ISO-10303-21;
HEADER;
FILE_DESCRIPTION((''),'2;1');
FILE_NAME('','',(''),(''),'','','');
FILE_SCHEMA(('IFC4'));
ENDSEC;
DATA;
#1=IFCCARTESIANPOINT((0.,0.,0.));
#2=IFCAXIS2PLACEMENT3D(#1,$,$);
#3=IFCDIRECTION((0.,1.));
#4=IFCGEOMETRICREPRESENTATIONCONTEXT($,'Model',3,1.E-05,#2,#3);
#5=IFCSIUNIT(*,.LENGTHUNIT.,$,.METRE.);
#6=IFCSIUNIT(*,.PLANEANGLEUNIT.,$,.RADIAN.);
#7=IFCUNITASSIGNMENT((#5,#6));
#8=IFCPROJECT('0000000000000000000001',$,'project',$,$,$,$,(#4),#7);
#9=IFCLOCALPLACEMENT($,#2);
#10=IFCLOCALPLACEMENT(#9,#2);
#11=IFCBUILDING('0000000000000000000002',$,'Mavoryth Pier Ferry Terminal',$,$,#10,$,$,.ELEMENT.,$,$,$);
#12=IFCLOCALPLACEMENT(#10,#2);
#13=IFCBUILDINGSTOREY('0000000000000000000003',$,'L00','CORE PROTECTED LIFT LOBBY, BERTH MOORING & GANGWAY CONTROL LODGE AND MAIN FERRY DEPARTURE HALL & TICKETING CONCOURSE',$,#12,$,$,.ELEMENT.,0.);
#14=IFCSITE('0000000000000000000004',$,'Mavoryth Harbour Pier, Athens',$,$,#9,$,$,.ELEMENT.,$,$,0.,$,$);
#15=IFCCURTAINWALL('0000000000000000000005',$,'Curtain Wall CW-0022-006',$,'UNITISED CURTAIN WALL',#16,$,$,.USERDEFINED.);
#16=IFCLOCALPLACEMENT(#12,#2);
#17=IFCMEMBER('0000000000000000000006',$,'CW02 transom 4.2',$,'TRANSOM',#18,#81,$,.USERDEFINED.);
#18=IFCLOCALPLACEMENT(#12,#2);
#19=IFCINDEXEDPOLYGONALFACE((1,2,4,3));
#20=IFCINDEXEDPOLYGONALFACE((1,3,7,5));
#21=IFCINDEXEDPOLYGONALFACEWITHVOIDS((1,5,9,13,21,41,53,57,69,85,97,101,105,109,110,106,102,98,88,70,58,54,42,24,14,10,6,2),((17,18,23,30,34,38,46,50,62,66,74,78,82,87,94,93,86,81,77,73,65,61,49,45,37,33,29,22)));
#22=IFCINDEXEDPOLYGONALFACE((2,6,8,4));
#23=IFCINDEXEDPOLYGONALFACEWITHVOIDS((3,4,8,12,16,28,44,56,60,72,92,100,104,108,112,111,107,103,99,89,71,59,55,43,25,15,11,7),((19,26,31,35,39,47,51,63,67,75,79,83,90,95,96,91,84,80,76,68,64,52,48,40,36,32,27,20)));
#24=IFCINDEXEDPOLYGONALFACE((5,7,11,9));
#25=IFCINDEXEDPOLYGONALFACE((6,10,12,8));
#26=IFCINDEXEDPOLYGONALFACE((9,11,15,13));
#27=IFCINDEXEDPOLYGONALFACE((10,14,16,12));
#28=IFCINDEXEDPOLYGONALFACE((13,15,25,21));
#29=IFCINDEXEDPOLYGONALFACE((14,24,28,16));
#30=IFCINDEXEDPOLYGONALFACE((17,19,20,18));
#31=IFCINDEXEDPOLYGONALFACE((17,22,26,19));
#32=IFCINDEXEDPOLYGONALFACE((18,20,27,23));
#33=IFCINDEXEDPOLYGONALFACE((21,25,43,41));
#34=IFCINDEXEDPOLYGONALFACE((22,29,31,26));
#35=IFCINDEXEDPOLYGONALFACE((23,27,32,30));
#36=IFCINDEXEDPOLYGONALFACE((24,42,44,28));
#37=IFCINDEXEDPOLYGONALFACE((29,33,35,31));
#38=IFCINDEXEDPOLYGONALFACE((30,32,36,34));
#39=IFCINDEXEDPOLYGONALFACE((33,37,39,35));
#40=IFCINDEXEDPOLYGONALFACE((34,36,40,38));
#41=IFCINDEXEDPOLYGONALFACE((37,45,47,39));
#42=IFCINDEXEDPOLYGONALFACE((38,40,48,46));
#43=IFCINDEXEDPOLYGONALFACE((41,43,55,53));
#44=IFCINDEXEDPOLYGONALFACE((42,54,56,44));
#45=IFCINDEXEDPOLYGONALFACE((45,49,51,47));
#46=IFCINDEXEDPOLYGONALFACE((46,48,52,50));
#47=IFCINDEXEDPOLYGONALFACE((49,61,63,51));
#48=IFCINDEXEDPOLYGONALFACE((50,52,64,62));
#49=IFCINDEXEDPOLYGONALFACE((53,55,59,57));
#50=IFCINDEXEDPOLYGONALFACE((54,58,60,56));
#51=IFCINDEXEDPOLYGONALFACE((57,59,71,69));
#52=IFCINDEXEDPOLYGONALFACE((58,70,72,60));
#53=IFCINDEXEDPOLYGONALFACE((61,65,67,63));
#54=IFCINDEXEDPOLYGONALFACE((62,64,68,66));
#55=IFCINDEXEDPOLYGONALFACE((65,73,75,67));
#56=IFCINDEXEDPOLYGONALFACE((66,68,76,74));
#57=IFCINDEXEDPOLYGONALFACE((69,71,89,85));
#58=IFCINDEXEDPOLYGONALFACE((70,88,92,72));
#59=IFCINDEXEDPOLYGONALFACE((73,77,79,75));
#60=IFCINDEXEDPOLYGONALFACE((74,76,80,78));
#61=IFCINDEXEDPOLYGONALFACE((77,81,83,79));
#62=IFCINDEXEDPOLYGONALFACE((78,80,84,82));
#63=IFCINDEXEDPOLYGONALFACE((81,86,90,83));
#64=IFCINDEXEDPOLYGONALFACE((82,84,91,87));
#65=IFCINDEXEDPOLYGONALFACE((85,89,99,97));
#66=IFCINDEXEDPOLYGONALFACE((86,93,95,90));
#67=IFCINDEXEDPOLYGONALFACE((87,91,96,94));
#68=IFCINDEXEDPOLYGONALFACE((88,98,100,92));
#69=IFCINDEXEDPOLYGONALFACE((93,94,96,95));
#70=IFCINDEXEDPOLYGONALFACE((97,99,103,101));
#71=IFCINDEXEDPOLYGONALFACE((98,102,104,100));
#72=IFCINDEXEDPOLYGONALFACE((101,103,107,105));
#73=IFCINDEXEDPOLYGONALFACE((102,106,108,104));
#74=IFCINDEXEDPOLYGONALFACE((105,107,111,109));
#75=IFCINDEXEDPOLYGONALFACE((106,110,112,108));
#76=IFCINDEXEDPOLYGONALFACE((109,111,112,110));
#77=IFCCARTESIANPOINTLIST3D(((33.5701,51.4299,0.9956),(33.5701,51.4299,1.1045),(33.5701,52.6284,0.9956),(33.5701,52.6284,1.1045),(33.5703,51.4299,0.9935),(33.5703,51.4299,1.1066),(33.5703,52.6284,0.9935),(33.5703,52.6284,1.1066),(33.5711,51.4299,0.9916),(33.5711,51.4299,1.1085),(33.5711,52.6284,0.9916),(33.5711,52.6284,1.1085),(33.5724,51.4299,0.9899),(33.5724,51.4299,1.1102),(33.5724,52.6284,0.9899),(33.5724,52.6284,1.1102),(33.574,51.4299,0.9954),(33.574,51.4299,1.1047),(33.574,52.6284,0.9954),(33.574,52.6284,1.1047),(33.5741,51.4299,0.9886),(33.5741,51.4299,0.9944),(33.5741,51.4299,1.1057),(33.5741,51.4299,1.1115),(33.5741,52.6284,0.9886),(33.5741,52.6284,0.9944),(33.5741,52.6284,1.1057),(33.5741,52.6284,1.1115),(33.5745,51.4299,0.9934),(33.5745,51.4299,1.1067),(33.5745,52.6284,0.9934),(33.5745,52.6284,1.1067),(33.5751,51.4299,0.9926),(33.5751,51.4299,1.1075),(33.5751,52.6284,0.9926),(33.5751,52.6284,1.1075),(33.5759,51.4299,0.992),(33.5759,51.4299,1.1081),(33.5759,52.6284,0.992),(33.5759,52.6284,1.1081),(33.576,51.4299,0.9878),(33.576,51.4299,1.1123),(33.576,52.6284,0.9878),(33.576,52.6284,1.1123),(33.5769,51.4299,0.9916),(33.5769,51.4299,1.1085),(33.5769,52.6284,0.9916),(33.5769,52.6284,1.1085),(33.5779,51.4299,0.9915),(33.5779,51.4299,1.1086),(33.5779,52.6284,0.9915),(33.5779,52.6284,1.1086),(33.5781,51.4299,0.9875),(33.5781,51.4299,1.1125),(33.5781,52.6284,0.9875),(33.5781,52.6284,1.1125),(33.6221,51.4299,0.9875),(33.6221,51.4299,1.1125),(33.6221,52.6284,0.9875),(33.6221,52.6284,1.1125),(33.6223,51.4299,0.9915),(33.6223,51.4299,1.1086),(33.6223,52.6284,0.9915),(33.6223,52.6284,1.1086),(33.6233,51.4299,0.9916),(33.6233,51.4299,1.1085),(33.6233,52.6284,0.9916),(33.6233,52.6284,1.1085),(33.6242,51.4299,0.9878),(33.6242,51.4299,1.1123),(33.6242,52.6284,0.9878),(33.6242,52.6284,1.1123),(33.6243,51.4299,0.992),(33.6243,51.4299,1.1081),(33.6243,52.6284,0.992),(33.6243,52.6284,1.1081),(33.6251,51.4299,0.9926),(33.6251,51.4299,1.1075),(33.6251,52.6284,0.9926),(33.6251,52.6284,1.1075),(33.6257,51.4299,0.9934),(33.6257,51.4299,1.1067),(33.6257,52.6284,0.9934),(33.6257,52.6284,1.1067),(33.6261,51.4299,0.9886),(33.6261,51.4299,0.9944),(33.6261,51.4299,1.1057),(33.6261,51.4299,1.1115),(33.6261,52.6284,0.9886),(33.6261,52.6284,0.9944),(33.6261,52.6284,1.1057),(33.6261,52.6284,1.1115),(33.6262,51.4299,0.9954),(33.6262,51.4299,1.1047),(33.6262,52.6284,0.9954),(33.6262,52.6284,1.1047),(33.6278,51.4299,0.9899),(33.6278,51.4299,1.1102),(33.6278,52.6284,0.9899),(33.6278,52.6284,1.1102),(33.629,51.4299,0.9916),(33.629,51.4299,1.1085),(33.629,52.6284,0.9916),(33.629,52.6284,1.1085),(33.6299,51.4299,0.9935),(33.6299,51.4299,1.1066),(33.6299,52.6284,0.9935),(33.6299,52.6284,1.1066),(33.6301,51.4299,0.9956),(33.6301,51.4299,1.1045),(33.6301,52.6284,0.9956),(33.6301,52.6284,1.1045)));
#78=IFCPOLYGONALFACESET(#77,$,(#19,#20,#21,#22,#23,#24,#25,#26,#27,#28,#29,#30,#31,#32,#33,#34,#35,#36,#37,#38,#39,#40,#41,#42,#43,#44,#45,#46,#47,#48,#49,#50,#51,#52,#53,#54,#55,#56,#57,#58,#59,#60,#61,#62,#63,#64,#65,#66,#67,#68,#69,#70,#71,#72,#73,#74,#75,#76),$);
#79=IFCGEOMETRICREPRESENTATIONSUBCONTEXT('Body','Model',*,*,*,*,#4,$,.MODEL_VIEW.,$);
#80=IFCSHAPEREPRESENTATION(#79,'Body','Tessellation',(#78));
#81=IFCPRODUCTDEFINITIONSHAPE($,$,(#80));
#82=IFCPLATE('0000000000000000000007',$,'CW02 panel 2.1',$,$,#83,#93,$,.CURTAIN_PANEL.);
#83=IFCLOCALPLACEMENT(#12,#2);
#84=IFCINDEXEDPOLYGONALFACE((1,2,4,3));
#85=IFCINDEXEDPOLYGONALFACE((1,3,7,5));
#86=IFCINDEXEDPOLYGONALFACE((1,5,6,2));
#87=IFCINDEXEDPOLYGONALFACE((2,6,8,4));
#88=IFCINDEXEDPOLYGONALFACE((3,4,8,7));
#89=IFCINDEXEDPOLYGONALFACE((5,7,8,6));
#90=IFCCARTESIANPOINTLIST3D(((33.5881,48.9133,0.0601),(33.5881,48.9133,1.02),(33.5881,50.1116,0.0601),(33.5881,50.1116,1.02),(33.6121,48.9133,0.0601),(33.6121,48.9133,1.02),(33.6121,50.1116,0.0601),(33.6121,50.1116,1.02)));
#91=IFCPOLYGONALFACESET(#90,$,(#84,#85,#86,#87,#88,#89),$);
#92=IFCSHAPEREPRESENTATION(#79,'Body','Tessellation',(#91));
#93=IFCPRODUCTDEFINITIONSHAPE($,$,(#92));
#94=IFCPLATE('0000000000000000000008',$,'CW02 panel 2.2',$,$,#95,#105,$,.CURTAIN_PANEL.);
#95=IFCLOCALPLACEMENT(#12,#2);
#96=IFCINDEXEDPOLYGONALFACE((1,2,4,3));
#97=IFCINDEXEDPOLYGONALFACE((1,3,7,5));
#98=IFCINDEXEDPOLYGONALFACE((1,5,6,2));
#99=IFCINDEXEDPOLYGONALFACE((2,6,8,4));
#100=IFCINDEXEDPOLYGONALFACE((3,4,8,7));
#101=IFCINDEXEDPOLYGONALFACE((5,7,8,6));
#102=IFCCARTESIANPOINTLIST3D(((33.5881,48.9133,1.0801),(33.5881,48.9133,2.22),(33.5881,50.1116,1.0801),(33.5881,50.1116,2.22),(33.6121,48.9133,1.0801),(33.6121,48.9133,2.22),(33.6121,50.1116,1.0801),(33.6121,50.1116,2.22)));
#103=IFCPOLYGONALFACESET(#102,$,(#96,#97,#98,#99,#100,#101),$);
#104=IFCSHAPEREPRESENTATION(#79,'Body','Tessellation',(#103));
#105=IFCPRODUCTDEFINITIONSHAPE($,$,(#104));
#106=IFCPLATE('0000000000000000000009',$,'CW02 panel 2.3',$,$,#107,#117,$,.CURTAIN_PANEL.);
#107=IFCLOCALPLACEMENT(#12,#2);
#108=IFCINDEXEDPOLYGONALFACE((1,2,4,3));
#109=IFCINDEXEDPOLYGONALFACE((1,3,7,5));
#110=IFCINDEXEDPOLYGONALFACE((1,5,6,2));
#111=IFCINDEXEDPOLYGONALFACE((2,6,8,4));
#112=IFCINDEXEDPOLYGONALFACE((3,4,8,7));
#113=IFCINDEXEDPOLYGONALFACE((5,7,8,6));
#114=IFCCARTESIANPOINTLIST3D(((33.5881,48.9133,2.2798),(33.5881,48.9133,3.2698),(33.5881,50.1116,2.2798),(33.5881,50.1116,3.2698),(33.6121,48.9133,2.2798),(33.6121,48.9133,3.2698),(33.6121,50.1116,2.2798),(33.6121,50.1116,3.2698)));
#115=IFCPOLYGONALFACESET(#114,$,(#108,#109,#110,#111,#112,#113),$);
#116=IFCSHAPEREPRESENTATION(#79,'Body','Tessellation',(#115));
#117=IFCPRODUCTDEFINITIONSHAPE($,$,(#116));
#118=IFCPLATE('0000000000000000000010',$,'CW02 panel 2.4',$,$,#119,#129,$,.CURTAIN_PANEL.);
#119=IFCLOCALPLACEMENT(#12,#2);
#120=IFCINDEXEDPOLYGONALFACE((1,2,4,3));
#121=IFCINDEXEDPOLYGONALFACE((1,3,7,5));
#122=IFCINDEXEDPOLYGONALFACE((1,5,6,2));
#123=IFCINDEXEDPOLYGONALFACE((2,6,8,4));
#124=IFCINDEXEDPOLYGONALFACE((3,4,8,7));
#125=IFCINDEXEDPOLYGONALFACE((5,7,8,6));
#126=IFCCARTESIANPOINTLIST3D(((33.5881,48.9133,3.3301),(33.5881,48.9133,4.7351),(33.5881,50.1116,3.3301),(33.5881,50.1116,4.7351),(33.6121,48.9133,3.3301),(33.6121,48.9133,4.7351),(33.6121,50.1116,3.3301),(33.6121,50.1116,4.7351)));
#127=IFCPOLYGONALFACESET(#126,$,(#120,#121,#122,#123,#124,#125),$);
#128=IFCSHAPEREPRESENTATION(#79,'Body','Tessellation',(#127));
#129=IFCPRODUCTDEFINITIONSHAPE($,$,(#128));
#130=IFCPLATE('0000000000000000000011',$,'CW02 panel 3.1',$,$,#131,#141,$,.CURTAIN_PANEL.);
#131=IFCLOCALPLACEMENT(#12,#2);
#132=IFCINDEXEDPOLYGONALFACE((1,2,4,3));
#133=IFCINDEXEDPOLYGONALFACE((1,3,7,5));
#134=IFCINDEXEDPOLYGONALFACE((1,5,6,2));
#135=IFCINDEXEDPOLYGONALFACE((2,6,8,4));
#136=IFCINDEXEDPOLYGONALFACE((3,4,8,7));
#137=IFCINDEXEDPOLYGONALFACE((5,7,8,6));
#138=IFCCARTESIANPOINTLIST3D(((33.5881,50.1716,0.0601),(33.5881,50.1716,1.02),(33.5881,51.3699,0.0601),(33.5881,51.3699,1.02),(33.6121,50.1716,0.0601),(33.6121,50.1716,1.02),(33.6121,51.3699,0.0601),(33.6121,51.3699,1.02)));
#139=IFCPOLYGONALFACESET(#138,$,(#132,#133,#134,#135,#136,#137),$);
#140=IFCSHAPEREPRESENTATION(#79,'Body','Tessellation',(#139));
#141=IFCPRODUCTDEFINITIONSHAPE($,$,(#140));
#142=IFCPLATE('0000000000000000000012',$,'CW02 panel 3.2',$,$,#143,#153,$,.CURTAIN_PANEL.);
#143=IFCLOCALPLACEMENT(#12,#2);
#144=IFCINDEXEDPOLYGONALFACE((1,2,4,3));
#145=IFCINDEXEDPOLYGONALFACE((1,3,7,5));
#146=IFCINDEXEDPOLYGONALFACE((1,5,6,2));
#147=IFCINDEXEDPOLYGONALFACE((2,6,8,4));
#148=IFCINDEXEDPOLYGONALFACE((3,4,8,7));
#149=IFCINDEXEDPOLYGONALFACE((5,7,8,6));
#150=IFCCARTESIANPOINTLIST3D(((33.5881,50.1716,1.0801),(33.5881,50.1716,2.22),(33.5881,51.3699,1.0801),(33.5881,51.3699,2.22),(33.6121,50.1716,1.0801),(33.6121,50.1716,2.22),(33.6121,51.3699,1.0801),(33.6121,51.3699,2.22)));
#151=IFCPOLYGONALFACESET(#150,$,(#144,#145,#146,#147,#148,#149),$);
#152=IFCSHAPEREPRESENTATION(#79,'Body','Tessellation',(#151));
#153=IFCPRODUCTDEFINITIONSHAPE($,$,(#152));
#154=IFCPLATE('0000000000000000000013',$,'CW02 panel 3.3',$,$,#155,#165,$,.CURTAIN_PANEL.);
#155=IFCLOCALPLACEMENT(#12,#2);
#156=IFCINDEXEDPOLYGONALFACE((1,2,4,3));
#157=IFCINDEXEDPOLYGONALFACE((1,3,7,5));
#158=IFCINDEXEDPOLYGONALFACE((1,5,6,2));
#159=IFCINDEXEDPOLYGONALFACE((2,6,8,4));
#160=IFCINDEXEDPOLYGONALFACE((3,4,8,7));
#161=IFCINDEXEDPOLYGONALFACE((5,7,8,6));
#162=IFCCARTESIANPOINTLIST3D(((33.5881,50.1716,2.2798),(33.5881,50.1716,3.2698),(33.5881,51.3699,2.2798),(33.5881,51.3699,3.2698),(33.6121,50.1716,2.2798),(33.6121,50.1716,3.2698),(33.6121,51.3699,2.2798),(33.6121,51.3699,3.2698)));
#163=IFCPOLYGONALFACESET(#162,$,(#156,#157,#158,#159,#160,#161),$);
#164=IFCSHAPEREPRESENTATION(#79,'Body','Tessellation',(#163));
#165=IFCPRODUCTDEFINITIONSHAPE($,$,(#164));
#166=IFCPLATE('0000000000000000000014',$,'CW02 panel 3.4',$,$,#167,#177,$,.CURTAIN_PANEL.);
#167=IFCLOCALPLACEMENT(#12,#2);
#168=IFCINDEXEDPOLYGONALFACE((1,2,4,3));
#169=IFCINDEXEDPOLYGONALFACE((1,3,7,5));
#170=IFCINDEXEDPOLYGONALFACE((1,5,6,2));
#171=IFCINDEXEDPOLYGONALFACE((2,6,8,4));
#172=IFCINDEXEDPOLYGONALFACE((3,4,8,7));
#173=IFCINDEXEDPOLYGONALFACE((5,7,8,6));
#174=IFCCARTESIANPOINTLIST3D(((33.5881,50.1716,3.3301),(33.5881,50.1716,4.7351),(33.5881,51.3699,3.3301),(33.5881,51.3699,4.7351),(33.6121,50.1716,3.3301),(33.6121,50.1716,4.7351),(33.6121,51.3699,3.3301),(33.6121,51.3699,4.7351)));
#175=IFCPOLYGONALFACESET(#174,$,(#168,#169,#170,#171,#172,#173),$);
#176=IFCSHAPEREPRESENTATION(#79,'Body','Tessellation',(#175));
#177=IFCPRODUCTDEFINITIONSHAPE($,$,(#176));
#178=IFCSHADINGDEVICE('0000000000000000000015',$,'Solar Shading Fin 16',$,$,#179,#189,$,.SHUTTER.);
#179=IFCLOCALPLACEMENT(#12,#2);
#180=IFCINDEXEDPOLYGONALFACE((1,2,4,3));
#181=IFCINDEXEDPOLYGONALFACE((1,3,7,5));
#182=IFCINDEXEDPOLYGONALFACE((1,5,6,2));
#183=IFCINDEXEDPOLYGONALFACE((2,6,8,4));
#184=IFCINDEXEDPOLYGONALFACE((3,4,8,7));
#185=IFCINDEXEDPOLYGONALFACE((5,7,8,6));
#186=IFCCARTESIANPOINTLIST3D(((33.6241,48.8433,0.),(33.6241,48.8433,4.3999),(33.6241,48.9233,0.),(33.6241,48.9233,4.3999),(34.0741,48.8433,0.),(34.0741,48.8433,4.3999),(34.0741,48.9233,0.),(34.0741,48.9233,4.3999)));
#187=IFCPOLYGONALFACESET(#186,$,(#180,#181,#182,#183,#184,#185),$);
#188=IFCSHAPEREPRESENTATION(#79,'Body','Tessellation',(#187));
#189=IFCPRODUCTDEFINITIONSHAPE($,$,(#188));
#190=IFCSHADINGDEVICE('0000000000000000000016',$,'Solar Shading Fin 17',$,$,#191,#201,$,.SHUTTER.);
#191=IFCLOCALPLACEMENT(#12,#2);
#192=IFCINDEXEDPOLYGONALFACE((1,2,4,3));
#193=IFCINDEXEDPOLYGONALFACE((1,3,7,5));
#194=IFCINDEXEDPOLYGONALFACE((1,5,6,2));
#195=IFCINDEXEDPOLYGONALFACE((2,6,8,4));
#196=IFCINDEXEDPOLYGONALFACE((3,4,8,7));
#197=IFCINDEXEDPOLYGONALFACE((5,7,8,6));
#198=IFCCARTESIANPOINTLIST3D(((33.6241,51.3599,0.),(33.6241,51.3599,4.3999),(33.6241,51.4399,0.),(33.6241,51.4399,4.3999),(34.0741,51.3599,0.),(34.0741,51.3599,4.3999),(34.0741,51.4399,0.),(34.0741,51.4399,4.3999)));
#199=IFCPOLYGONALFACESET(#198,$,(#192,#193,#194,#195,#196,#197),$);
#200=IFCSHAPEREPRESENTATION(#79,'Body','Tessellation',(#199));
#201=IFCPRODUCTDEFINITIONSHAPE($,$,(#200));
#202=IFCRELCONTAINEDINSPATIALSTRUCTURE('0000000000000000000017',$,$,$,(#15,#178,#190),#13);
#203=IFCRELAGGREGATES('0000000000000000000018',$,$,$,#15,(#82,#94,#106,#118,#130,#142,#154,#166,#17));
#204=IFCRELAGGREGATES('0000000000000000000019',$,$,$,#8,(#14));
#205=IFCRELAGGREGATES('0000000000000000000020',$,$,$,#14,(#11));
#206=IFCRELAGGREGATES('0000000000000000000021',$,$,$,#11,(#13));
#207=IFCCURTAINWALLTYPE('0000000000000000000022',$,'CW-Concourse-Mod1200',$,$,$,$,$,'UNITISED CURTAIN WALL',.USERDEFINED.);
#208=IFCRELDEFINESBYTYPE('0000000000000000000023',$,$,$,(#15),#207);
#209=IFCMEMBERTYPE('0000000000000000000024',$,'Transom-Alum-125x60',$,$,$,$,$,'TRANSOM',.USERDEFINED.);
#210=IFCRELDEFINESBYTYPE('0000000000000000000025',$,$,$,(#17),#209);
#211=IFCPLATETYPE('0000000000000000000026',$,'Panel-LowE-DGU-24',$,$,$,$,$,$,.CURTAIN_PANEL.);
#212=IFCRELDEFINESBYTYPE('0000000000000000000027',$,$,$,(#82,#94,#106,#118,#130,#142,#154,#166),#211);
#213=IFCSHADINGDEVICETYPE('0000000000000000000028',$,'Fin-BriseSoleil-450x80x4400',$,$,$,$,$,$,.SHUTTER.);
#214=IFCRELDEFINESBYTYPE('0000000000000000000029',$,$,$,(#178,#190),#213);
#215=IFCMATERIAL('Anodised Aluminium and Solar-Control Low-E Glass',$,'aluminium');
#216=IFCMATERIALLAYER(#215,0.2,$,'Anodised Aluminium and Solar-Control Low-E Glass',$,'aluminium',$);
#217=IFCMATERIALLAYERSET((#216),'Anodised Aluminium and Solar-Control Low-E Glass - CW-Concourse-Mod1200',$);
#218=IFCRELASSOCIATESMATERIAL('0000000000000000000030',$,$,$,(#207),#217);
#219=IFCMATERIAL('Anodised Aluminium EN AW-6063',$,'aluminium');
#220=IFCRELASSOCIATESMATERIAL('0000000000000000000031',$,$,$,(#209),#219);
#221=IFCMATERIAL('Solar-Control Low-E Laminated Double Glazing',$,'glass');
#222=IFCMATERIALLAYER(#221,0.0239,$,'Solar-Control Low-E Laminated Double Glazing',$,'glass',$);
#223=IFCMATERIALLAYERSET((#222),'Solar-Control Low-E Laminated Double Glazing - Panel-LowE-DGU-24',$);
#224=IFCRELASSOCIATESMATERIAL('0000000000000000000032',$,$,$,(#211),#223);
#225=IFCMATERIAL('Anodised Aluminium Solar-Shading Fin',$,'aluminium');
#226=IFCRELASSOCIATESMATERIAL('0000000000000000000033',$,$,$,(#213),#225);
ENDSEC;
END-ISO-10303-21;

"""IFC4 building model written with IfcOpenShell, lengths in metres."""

from ifc_helpers import new_model, si_unit, direction, frame, origin, origin_2d, place, context, subcontext, project, spatial, rectangle, hollow_rectangle, extrude, material, layer, layer_set, material_profile, profile_set, type_object, element, aggregate, save


model = new_model("IFC4")

# Units and contexts
model_context = context("Model", 3, precision=1e-05, world=origin(), true_north=direction((0.0, 1.0)))
body_context = subcontext(model_context, "Body", "Model", "MODEL_VIEW")
ifc_project = project(units=[si_unit("LENGTHUNIT", "METRE"), si_unit("PLANEANGLEUNIT", "RADIAN")], contexts=[model_context])

# Site, building, storey
site_placement = place(None, origin())
site = spatial("IfcSite", under=ifc_project, at=site_placement, Name="Mavoryth Harbour Pier, Athens", CompositionType="ELEMENT", RefElevation=0.0)
building_placement = place(site_placement, origin())
building = spatial("IfcBuilding", under=site, at=building_placement, Name="Mavoryth Pier Ferry Terminal", CompositionType="ELEMENT")
storey_placement = place(building_placement, origin())
storey = spatial("IfcBuildingStorey", under=building, at=storey_placement, Name="L00", Description="CORE PROTECTED LIFT LOBBY, BERTH MOORING & GANGWAY CONTROL LODGE AND MAIN FERRY DEPARTURE HALL & TICKETING CONCOURSE", CompositionType="ELEMENT", Elevation=0.0)

# Curtain wall, member, plates
ifc_material_1 = material(Name="Anodised Aluminium and Solar-Control Low-E Glass", Category="aluminium")
ifc_layer_1 = layer(ifc_material_1, 0.2, Name="Anodised Aluminium and Solar-Control Low-E Glass", Category="aluminium")
ifc_layer_set_1 = layer_set([ifc_layer_1], Name="Anodised Aluminium and Solar-Control Low-E Glass - CW-Concourse-Mod1200")
curtain_wall_type = type_object("IfcCurtainWallType", Name="CW-Concourse-Mod1200", ElementType="UNITISED CURTAIN WALL", PredefinedType="USERDEFINED", material=ifc_layer_set_1)
curtain_wall_placement = place(storey_placement, origin())
curtain_wall = element("IfcCurtainWall", 1, at=curtain_wall_placement, inside=storey, type_object=curtain_wall_type, Name="Curtain Wall CW-0022-006", ObjectType="UNITISED CURTAIN WALL", PredefinedType="USERDEFINED")
ifc_material_2 = material(Name="Anodised Aluminium EN AW-6063", Category="aluminium")
ifc_material_profile_1 = material_profile(ifc_material_2, hollow_rectangle(XDim=0.0601, YDim=0.125, WallThickness=0.0039, InnerFilletRadius=0.0039, OuterFilletRadius=0.0081, at=origin_2d()), Name="AL-TRAN 125x60x4", Category="aluminium")
ifc_profile_set_1 = profile_set([ifc_material_profile_1], Name="Anodised Aluminium EN AW-6063 - AL-TRAN 125x60x4")
member_type_1 = type_object("IfcMemberType", Name="Transom-Alum-125x60", ElementType="TRANSOM", PredefinedType="USERDEFINED", material=ifc_profile_set_1)
member_1_placement = place(storey_placement, frame((33.6001, 51.4299, 1.05), z_axis=(0.0, 1.0, 0.0), x_axis=(-1.0, 0.0, 0.0)))
member_1 = element("IfcMember", 2, at=member_1_placement, type_object=member_type_1, Name="CW02 transom 4.2", ObjectType="TRANSOM", PredefinedType="USERDEFINED", context=body_context, shape_type="SweptSolid", body=[
    extrude(hollow_rectangle(XDim=0.0601, YDim=0.125, WallThickness=0.0039, InnerFilletRadius=0.0039, OuterFilletRadius=0.0081, at=origin_2d()), origin(), (0.0, 0.0, 1.0), 1.1985),
])
ifc_material_3 = material(Name="Solar-Control Low-E Laminated Double Glazing", Category="glass")
ifc_layer_2 = layer(ifc_material_3, 0.0239, Name="Solar-Control Low-E Laminated Double Glazing", Category="glass")
ifc_layer_set_2 = layer_set([ifc_layer_2], Name="Solar-Control Low-E Laminated Double Glazing - Panel-LowE-DGU-24")
plate_type = type_object("IfcPlateType", Name="Panel-LowE-DGU-24", PredefinedType="CURTAIN_PANEL", material=ifc_layer_set_2)
plate_1_placement = place(storey_placement, frame((33.6001, 49.5125, 0.0601), z_axis=(0.0, 0.0, 1.0), x_axis=(0.0, 1.0, 0.0)))
plate_1 = element("IfcPlate", 3, at=plate_1_placement, type_object=plate_type, Name="CW02 panel 2.1", PredefinedType="CURTAIN_PANEL", context=body_context, shape_type="SweptSolid", body=[
    extrude(rectangle(XDim=1.1982, YDim=0.0239, at=origin_2d()), origin(), (0.0, 0.0, 1.0), 0.96),
])
plate_2_placement = place(storey_placement, frame((33.6001, 49.5125, 1.0801), z_axis=(0.0, 0.0, 1.0), x_axis=(0.0, 1.0, 0.0)))
plate_2 = element("IfcPlate", 4, at=plate_2_placement, type_object=plate_type, Name="CW02 panel 2.2", PredefinedType="CURTAIN_PANEL", context=body_context, shape_type="SweptSolid", body=[
    extrude(rectangle(XDim=1.1982, YDim=0.0239, at=origin_2d()), origin(), (0.0, 0.0, 1.0), 1.1399),
])
plate_3_placement = place(storey_placement, frame((33.6001, 49.5125, 2.2798), z_axis=(0.0, 0.0, 1.0), x_axis=(0.0, 1.0, 0.0)))
plate_3 = element("IfcPlate", 5, at=plate_3_placement, type_object=plate_type, Name="CW02 panel 2.3", PredefinedType="CURTAIN_PANEL", context=body_context, shape_type="SweptSolid", body=[
    extrude(rectangle(XDim=1.1982, YDim=0.0239, at=origin_2d()), origin(), (0.0, 0.0, 1.0), 0.99),
])
plate_4_placement = place(storey_placement, frame((33.6001, 49.5125, 3.3301), z_axis=(0.0, 0.0, 1.0), x_axis=(0.0, 1.0, 0.0)))
plate_4 = element("IfcPlate", 6, at=plate_4_placement, type_object=plate_type, Name="CW02 panel 2.4", PredefinedType="CURTAIN_PANEL", context=body_context, shape_type="SweptSolid", body=[
    extrude(rectangle(XDim=1.1982, YDim=0.0239, at=origin_2d()), origin(), (0.0, 0.0, 1.0), 1.405),
])
plate_5_placement = place(storey_placement, frame((33.6001, 50.7708, 0.0601), z_axis=(0.0, 0.0, 1.0), x_axis=(0.0, 1.0, 0.0)))
plate_5 = element("IfcPlate", 7, at=plate_5_placement, type_object=plate_type, Name="CW02 panel 3.1", PredefinedType="CURTAIN_PANEL", context=body_context, shape_type="SweptSolid", body=[
    extrude(rectangle(XDim=1.1982, YDim=0.0239, at=origin_2d()), origin(), (0.0, 0.0, 1.0), 0.96),
])
plate_6_placement = place(storey_placement, frame((33.6001, 50.7708, 1.0801), z_axis=(0.0, 0.0, 1.0), x_axis=(0.0, 1.0, 0.0)))
plate_6 = element("IfcPlate", 8, at=plate_6_placement, type_object=plate_type, Name="CW02 panel 3.2", PredefinedType="CURTAIN_PANEL", context=body_context, shape_type="SweptSolid", body=[
    extrude(rectangle(XDim=1.1982, YDim=0.0239, at=origin_2d()), origin(), (0.0, 0.0, 1.0), 1.1399),
])
plate_7_placement = place(storey_placement, frame((33.6001, 50.7708, 2.2798), z_axis=(0.0, 0.0, 1.0), x_axis=(0.0, 1.0, 0.0)))
plate_7 = element("IfcPlate", 9, at=plate_7_placement, type_object=plate_type, Name="CW02 panel 3.3", PredefinedType="CURTAIN_PANEL", context=body_context, shape_type="SweptSolid", body=[
    extrude(rectangle(XDim=1.1982, YDim=0.0239, at=origin_2d()), origin(), (0.0, 0.0, 1.0), 0.99),
])
plate_8_placement = place(storey_placement, frame((33.6001, 50.7708, 3.3301), z_axis=(0.0, 0.0, 1.0), x_axis=(0.0, 1.0, 0.0)))
plate_8 = element("IfcPlate", 10, at=plate_8_placement, type_object=plate_type, Name="CW02 panel 3.4", PredefinedType="CURTAIN_PANEL", context=body_context, shape_type="SweptSolid", body=[
    extrude(rectangle(XDim=1.1982, YDim=0.0239, at=origin_2d()), origin(), (0.0, 0.0, 1.0), 1.405),
])
aggregate(curtain_wall, [plate_1, plate_2, plate_3, plate_4, plate_5, plate_6, plate_7, plate_8, member_1])

# Shading devices
ifc_material_4 = material(Name="Anodised Aluminium Solar-Shading Fin", Category="aluminium")
shading_device_type = type_object("IfcShadingDeviceType", Name="Fin-BriseSoleil-450x80x4400", PredefinedType="SHUTTER", material=ifc_material_4)
for number, where, z_axis, x_axis, name in (
    (11, (33.8491, 48.8833, 0.0), (0.0, 0.0, 1.0), (0.0, 1.0, 0.0), "Solar Shading Fin 16"),
    (12, (33.8491, 51.3999, 0.0), (0.0, 0.0, 1.0), (0.0, 1.0, 0.0), "Solar Shading Fin 17"),
):
    element("IfcShadingDevice", number, at=place(storey_placement, frame(where, z_axis=z_axis, x_axis=x_axis)), inside=storey, type_object=shading_device_type, Name=name, PredefinedType="SHUTTER", context=body_context, shape_type="SweptSolid", body=[
        extrude(rectangle(XDim=0.0801, YDim=0.45, at=origin_2d()), origin(), (0.0, 0.0, 1.0), 4.3999),
    ])

save(model, "model.ifc")
